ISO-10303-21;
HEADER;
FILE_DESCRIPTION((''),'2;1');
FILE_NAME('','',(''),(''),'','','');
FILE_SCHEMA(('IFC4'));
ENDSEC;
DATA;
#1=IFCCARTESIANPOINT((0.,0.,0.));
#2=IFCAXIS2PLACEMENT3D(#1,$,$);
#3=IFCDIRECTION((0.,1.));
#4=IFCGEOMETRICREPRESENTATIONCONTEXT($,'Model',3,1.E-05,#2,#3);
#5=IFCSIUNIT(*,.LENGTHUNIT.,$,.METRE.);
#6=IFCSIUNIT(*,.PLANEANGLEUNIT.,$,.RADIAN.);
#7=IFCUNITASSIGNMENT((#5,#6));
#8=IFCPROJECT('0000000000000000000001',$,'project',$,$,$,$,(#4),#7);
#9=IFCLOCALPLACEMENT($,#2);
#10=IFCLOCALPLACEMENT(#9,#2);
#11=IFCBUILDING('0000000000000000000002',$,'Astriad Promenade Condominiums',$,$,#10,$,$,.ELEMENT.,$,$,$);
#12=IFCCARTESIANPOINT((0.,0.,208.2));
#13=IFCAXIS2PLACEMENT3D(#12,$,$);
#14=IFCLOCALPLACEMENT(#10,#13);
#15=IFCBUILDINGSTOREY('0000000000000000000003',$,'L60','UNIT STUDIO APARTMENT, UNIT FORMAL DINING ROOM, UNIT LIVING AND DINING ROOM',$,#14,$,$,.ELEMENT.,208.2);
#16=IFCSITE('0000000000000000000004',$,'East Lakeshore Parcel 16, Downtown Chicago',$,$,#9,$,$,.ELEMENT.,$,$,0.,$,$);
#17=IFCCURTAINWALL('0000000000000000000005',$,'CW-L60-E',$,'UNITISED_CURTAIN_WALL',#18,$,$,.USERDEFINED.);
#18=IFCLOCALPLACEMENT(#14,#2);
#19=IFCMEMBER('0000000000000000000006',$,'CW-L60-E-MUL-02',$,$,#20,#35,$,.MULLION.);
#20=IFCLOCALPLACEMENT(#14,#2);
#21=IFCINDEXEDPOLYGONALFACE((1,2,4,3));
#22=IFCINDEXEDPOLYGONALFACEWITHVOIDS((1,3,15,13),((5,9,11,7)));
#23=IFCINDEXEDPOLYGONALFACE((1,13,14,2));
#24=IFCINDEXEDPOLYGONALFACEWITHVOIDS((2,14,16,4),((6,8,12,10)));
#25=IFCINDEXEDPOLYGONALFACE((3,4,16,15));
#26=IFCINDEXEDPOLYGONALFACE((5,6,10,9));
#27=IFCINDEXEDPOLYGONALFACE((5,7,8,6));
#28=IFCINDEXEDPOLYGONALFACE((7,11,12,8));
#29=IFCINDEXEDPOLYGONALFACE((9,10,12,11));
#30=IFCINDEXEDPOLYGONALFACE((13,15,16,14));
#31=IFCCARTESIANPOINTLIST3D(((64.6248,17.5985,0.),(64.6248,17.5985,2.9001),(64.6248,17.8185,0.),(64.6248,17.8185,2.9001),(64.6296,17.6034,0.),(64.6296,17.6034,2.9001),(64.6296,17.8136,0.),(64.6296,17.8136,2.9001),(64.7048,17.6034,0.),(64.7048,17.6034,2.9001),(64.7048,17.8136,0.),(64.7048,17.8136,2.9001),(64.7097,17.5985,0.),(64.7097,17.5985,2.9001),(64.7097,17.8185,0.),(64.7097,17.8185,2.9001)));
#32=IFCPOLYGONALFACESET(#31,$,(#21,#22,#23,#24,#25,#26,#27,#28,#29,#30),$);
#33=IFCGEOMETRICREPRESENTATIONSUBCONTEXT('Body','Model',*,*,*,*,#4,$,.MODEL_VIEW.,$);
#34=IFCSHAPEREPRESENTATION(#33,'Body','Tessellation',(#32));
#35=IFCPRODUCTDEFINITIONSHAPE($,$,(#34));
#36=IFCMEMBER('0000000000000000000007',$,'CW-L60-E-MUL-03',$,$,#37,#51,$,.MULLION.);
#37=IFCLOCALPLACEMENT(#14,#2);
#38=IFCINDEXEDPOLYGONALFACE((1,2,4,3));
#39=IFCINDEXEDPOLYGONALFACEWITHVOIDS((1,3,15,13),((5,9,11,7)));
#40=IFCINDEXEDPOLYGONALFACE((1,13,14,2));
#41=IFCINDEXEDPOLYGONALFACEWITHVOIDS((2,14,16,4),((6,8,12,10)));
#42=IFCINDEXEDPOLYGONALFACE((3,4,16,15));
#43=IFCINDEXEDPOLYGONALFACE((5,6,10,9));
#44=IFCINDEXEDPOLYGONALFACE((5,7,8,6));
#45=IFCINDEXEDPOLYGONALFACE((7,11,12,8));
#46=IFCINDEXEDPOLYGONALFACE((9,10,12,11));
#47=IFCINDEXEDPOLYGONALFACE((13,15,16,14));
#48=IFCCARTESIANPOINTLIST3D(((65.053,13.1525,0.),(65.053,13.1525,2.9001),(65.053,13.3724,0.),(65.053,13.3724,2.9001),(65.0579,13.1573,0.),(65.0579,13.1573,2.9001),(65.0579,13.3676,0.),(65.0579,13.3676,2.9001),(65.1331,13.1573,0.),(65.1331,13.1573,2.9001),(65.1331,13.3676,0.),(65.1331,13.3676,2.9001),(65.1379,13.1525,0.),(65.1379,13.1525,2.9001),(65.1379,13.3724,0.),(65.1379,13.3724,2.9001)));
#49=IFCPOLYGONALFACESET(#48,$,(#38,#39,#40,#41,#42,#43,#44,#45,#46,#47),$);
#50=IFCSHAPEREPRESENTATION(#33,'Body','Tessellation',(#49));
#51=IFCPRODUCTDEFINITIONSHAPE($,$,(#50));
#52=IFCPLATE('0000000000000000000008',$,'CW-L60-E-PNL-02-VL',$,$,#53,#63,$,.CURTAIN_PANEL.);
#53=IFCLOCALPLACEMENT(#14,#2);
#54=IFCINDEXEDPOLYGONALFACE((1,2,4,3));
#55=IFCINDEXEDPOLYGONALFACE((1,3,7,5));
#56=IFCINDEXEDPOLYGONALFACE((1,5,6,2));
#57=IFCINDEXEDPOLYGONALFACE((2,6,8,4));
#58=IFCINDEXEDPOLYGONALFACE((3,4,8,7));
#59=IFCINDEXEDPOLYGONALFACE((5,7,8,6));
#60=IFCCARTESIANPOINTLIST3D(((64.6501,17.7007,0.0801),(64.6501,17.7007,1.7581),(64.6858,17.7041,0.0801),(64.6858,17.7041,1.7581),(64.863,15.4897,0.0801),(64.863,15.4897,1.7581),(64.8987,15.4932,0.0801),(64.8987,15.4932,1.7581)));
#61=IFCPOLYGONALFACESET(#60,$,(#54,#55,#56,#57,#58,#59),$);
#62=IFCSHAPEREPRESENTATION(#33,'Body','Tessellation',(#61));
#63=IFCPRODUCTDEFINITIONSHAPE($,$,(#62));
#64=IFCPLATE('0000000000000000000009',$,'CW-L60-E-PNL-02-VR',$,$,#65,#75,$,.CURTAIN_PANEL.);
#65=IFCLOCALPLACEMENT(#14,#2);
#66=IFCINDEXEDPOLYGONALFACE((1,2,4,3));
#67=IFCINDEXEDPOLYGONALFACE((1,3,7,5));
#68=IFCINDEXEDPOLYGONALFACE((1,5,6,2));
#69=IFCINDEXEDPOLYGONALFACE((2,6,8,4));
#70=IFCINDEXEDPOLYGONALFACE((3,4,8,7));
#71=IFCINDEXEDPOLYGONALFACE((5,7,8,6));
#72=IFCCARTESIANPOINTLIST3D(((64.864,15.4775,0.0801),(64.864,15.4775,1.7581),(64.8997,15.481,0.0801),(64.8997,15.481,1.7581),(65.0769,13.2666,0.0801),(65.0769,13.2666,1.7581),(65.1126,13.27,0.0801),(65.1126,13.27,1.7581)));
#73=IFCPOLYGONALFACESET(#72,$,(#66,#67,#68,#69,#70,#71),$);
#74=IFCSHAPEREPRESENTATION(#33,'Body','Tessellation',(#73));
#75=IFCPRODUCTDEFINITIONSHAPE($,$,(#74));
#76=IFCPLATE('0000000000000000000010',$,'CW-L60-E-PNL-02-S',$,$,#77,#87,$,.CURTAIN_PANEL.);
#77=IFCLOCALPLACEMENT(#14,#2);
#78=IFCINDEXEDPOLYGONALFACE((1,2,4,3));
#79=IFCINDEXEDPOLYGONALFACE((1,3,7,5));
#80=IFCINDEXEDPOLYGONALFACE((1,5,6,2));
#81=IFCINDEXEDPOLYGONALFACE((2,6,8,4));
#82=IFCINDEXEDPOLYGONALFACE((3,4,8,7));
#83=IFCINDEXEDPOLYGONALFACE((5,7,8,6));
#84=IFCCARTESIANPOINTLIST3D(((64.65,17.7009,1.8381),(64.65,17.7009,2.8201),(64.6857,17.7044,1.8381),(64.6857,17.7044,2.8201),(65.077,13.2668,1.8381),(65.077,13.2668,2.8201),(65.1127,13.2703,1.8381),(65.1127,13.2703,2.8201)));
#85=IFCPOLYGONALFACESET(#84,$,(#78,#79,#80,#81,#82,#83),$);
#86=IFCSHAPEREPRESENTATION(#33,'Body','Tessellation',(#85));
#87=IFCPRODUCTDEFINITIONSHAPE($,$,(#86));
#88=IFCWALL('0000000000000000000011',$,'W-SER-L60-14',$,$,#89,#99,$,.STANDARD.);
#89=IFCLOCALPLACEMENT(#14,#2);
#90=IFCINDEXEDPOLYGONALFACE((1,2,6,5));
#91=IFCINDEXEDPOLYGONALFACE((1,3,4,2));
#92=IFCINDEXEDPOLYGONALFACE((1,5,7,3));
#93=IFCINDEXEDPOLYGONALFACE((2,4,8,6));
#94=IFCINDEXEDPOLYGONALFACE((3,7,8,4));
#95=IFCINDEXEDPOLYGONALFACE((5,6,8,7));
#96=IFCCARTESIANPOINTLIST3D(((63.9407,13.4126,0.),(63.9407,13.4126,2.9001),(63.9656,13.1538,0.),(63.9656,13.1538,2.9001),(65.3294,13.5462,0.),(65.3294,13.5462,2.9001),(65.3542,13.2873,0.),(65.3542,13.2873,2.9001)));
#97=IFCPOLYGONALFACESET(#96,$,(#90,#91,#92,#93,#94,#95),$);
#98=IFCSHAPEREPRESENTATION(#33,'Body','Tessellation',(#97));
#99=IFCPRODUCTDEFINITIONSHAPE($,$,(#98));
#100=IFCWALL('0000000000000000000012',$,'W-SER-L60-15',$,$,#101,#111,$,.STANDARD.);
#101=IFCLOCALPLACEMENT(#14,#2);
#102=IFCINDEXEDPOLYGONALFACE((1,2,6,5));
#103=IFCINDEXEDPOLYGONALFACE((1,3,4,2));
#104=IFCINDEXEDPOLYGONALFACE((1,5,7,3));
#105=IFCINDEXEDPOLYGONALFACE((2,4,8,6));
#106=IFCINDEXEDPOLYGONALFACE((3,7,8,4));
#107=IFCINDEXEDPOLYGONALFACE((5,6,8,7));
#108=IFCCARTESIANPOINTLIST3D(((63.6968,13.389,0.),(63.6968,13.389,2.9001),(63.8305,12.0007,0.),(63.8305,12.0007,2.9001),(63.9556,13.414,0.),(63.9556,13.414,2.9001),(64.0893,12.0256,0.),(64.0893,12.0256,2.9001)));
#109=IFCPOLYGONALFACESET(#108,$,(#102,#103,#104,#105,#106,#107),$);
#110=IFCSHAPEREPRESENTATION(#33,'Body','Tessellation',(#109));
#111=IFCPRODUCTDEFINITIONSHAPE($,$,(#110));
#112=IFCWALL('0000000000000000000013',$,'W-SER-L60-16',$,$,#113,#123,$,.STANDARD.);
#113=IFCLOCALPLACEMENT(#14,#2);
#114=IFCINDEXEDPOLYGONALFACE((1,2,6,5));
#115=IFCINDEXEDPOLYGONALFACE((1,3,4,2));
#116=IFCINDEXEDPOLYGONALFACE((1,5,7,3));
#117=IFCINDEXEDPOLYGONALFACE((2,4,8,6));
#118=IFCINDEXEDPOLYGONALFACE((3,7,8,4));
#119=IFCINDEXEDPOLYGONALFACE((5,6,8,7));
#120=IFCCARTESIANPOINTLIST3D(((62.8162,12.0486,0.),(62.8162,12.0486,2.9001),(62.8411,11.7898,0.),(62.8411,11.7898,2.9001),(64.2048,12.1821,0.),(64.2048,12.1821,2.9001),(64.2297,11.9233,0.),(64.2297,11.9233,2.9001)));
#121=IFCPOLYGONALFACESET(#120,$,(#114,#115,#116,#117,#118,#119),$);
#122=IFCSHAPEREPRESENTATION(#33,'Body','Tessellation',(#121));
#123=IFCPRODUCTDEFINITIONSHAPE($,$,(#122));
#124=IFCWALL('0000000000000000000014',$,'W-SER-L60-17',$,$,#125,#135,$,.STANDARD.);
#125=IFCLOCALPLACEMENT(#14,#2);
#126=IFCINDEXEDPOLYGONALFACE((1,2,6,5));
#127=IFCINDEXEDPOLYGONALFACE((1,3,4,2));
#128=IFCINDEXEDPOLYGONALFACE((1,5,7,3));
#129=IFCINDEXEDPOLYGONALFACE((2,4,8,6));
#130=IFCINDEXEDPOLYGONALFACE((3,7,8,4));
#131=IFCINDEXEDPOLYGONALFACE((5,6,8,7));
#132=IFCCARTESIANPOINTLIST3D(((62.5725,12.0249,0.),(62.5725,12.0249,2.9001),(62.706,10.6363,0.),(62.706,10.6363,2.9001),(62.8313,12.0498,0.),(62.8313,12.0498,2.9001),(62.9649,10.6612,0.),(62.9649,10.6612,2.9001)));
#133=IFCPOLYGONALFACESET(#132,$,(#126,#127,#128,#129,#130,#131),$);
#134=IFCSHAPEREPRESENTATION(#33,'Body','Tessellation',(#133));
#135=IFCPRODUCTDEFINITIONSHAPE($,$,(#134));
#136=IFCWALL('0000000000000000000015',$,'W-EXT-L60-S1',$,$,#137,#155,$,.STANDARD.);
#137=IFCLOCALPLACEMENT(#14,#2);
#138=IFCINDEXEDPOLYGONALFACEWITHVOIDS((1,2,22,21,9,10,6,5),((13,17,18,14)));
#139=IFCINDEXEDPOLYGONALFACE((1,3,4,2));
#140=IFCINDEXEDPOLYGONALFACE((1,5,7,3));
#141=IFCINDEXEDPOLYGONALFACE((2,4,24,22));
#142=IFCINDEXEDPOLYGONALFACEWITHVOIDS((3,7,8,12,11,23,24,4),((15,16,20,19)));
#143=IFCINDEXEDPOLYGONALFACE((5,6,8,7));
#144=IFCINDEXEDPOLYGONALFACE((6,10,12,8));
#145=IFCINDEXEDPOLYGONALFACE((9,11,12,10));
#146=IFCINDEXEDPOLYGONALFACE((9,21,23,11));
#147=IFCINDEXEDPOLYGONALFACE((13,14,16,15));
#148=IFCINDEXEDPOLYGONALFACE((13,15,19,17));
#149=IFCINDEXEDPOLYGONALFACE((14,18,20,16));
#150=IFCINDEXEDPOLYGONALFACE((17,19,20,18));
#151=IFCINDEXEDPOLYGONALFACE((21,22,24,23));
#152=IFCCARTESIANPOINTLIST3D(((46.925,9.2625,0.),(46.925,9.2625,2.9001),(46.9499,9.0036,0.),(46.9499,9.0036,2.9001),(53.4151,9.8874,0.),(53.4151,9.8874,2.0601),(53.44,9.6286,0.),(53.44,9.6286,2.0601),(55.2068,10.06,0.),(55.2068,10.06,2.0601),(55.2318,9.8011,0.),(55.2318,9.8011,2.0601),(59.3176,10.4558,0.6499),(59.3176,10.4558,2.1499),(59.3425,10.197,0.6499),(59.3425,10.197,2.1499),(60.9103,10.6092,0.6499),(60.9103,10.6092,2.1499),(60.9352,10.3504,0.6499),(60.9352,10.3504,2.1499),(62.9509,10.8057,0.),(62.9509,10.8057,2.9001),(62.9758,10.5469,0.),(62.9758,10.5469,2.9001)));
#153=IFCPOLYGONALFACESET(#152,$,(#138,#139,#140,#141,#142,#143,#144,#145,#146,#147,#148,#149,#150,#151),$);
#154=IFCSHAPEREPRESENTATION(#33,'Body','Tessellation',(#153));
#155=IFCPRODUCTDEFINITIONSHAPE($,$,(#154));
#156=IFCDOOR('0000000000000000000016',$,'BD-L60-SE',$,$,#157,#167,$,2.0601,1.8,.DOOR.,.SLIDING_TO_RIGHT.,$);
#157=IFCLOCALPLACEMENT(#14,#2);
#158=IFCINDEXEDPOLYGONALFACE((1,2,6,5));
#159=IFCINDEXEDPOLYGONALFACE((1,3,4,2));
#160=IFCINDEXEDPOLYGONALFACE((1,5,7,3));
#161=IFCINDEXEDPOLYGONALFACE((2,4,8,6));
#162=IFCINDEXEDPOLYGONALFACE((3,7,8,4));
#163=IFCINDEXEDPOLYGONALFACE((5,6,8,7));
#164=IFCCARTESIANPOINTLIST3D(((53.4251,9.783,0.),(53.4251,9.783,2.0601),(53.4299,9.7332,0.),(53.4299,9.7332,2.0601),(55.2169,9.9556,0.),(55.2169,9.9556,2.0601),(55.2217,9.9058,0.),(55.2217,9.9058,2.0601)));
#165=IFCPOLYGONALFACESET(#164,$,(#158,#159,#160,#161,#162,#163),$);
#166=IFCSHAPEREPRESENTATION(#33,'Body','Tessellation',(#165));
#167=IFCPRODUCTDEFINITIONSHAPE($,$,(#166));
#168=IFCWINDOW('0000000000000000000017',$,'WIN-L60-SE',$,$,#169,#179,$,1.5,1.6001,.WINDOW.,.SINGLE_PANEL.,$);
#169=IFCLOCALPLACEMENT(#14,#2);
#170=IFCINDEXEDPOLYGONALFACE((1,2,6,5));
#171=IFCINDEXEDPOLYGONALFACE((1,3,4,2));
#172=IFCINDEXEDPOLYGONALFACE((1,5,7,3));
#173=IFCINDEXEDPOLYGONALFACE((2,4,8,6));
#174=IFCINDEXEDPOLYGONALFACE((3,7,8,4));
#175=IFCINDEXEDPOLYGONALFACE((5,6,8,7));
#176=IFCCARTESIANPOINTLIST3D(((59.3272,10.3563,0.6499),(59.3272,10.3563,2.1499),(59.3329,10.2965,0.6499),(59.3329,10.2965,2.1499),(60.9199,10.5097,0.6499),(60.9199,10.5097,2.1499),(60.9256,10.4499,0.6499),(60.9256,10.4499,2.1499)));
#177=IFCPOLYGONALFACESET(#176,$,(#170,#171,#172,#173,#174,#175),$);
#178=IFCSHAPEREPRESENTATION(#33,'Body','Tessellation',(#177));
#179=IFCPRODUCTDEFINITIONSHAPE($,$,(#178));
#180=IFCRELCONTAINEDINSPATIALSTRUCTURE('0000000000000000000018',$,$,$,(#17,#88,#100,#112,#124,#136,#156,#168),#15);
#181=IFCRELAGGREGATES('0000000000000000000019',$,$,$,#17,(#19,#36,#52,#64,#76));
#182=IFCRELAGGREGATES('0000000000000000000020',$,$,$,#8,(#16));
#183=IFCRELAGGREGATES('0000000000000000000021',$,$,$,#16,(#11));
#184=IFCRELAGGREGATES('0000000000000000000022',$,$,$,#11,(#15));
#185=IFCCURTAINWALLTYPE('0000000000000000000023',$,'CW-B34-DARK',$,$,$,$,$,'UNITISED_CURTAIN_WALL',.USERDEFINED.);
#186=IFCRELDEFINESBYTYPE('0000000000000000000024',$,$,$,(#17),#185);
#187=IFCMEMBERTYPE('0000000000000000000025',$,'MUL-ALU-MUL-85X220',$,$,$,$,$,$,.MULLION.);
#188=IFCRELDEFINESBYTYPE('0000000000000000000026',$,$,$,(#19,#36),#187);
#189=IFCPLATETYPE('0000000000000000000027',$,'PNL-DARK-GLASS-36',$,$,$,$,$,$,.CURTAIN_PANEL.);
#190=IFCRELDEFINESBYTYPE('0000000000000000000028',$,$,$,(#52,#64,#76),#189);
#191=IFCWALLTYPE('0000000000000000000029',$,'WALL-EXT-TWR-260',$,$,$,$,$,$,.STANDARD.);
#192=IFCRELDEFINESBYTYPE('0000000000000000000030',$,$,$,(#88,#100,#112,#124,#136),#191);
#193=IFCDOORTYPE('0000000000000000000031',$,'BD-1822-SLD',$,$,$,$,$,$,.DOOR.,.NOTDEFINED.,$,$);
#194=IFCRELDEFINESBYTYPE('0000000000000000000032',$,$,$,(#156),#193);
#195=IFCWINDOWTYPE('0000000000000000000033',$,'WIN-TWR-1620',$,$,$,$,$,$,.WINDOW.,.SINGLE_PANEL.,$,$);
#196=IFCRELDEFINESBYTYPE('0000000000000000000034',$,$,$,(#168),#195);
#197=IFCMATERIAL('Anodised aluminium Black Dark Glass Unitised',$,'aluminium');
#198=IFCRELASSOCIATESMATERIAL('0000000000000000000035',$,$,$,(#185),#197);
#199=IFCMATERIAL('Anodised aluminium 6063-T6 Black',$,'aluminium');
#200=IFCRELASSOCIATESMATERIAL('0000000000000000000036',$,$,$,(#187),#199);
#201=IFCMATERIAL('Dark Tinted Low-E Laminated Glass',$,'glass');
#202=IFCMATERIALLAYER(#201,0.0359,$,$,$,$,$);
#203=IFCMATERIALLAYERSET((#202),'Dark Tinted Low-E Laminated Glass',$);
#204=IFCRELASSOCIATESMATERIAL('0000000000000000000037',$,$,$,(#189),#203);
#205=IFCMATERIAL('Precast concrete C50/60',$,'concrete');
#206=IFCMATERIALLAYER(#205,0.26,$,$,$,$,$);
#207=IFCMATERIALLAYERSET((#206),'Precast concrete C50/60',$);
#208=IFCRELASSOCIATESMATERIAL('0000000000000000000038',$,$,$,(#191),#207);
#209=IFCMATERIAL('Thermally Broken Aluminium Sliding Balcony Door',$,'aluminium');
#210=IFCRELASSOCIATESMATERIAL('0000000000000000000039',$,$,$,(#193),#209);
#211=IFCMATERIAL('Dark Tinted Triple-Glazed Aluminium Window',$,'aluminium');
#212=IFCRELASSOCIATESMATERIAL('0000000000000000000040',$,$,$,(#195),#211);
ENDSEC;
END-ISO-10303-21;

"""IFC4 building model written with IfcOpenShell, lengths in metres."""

from ifc_helpers import new_model, si_unit, direction, frame, frame_2d, origin, origin_2d, place, context, subcontext, project, spatial, rectangle, hollow_rectangle, extrude, source, transform, mapped, material, layer, layer_set, material_profile, profile_set, type_object, type_shapes, element, fill, aggregate, save


model = new_model("IFC4")

# Units and contexts
model_context = context("Model", 3, precision=1e-05, world=origin(), true_north=direction((0.0, 1.0)))
body_context = subcontext(model_context, "Body", "Model", "MODEL_VIEW")
ifc_project = project(units=[si_unit("LENGTHUNIT", "METRE"), si_unit("PLANEANGLEUNIT", "RADIAN")], contexts=[model_context])

# Site, building, storey
site_placement = place(None, origin())
site = spatial("IfcSite", under=ifc_project, at=site_placement, Name="East Lakeshore Parcel 16, Downtown Chicago", CompositionType="ELEMENT", RefElevation=0.0)
building_placement = place(site_placement, origin())
building = spatial("IfcBuilding", under=site, at=building_placement, Name="Astriad Promenade Condominiums", CompositionType="ELEMENT")
storey_placement = place(building_placement, frame((0.0, 0.0, 208.2)))
storey = spatial("IfcBuildingStorey", under=building, at=storey_placement, Name="L60", Description="UNIT STUDIO APARTMENT, UNIT FORMAL DINING ROOM, UNIT LIVING AND DINING ROOM", CompositionType="ELEMENT", Elevation=208.2)

# Curtain wall, members, plates
ifc_material_1 = material(Name="Anodised aluminium Black Dark Glass Unitised", Category="aluminium")
curtain_wall_type = type_object("IfcCurtainWallType", Name="CW-B34-DARK", ElementType="UNITISED_CURTAIN_WALL", PredefinedType="USERDEFINED", material=ifc_material_1)
curtain_wall_placement = place(storey_placement, origin())
curtain_wall = element("IfcCurtainWall", 1, at=curtain_wall_placement, inside=storey, type_object=curtain_wall_type, Name="CW-L60-E", ObjectType="UNITISED_CURTAIN_WALL", PredefinedType="USERDEFINED")
ifc_material_2 = material(Name="Anodised aluminium 6063-T6 Black", Category="aluminium")
ifc_material_profile_1 = material_profile(ifc_material_2, hollow_rectangle(XDim=0.085, YDim=0.22, WallThickness=0.0049, at=origin_2d()), Name="ALU-MUL-85X220")
ifc_profile_set_1 = profile_set([ifc_material_profile_1], Name="Anodised aluminium 6063-T6 Black")
member_type_1 = type_object("IfcMemberType", Name="MUL-ALU-MUL-85X220", PredefinedType="MULLION", material=ifc_profile_set_1)
shared_shape_1 = source(origin(), body_context, "Body", "SweptSolid", [
    extrude(hollow_rectangle(XDim=0.085, YDim=0.22, WallThickness=0.0049, at=origin_2d()), origin(), (0.0, 0.0, 1.0), 2.9001),
])
type_shapes(member_type_1, [shared_shape_1])
member_1_placement = place(storey_placement, frame((64.6672, 17.7085, 0.0), z_axis=(0.0, 0.0, 1.0), x_axis=(1.0, 0.0, 0.0)))
member_1 = element("IfcMember", 2, at=member_1_placement, type_object=member_type_1, Name="CW-L60-E-MUL-02", PredefinedType="MULLION", context=body_context, shape_type="MappedRepresentation", body=[
    mapped(shared_shape_1, transform((0.0, 0.0, 0.0), scale=1.0)),
])
member_2_placement = place(storey_placement, frame((65.0955, 13.2625, 0.0), z_axis=(0.0, 0.0, 1.0), x_axis=(1.0, 0.0, 0.0)))
member_2 = element("IfcMember", 3, at=member_2_placement, type_object=member_type_1, Name="CW-L60-E-MUL-03", PredefinedType="MULLION", context=body_context, shape_type="MappedRepresentation", body=[
    mapped(shared_shape_1, transform((0.0, 0.0, 0.0), scale=1.0)),
])
ifc_material_3 = material(Name="Dark Tinted Low-E Laminated Glass", Category="glass")
ifc_layer_1 = layer(ifc_material_3, 0.0359)
ifc_layer_set_1 = layer_set([ifc_layer_1], Name="Dark Tinted Low-E Laminated Glass")
plate_type = type_object("IfcPlateType", Name="PNL-DARK-GLASS-36", PredefinedType="CURTAIN_PANEL", material=ifc_layer_set_1)
shared_shape_2 = source(origin(), body_context, "Body", "SweptSolid", [
    extrude(rectangle(XDim=2.2212, YDim=0.0359, at=origin_2d()), origin(), (0.0, 0.0, 1.0), 1.678),
])
plate_1_placement = place(storey_placement, frame((64.7744, 16.5969, 0.0801), z_axis=(0.0, 0.0, 1.0), x_axis=(0.095846, -0.995396, 0.0)))
plate_1 = element("IfcPlate", 4, at=plate_1_placement, type_object=plate_type, Name="CW-L60-E-PNL-02-VL", PredefinedType="CURTAIN_PANEL", context=body_context, shape_type="MappedRepresentation", body=[
    mapped(shared_shape_2, transform((0.0, 0.0, 0.0), scale=1.0)),
])
plate_2_placement = place(storey_placement, frame((64.9883, 14.3738, 0.0801), z_axis=(0.0, 0.0, 1.0), x_axis=(0.095846, -0.995396, 0.0)))
plate_2 = element("IfcPlate", 5, at=plate_2_placement, type_object=plate_type, Name="CW-L60-E-PNL-02-VR", PredefinedType="CURTAIN_PANEL", context=body_context, shape_type="MappedRepresentation", body=[
    mapped(shared_shape_2, transform((0.0, 0.0, 0.0), scale=1.0)),
])
shared_shape_3 = source(origin(), body_context, "Body", "SweptSolid", [
    extrude(rectangle(XDim=4.4546, YDim=0.0359, at=origin_2d()), origin(), (0.0, 0.0, 1.0), 0.9819),
])
type_shapes(plate_type, [shared_shape_2, shared_shape_3])
plate_3_placement = place(storey_placement, frame((64.8813, 15.4856, 1.8381), z_axis=(0.0, 0.0, 1.0), x_axis=(0.095846, -0.995396, 0.0)))
plate_3 = element("IfcPlate", 6, at=plate_3_placement, type_object=plate_type, Name="CW-L60-E-PNL-02-S", PredefinedType="CURTAIN_PANEL", context=body_context, shape_type="MappedRepresentation", body=[
    mapped(shared_shape_3, transform((0.0, 0.0, 0.0), scale=1.0)),
])
aggregate(curtain_wall, [member_1, member_2, plate_1, plate_2, plate_3])

# Walls
ifc_material_4 = material(Name="Precast concrete C50/60", Category="concrete")
ifc_layer_2 = layer(ifc_material_4, 0.26)
ifc_layer_set_2 = layer_set([ifc_layer_2], Name="Precast concrete C50/60")
wall_type_1 = type_object("IfcWallType", Name="WALL-EXT-TWR-260", PredefinedType="STANDARD", material=ifc_layer_set_2)
wall_1_placement = place(storey_placement, frame((65.3418, 13.4167, 0.0), z_axis=(0.0, 0.0, 1.0), x_axis=(-0.995408, -0.095726, 0.0)))
element("IfcWall", 7, at=wall_1_placement, inside=storey, type_object=wall_type_1, Name="W-SER-L60-14", PredefinedType="STANDARD", context=body_context, shape_type="SweptSolid", body=[
    extrude(rectangle(XDim=1.395, YDim=0.26, at=frame_2d((0.6975, 0.0))), origin(), (0.0, 0.0, 1.0), 2.9001),
])
wall_2_placement = place(storey_placement, frame((63.8262, 13.4014, 0.0), z_axis=(0.0, 0.0, 1.0), x_axis=(0.095916, -0.995389, 0.0)))
element("IfcWall", 8, at=wall_2_placement, inside=storey, type_object=wall_type_1, Name="W-SER-L60-15", PredefinedType="STANDARD", context=body_context, shape_type="SweptSolid", body=[
    extrude(rectangle(XDim=1.3948, YDim=0.26, at=frame_2d((0.6973, 0.0))), origin(), (0.0, 0.0, 1.0), 2.9001),
])
for number, where, z_axis, x_axis, name in (
    (9, (64.2173, 12.0527, 0.0), (0.0, 0.0, 1.0), (-0.995408, -0.095726, 0.0), "W-SER-L60-16"),
    (10, (62.7019, 12.0374, 0.0), (0.0, 0.0, 1.0), (0.095726, -0.995408, 0.0), "W-SER-L60-17"),
):
    element("IfcWall", number, at=place(storey_placement, frame(where, z_axis=z_axis, x_axis=x_axis)), inside=storey, type_object=wall_type_1, Name=name, PredefinedType="STANDARD", context=body_context, shape_type="SweptSolid", body=[
        extrude(rectangle(XDim=1.395, YDim=0.26, at=frame_2d((0.6975, 0.0))), origin(), (0.0, 0.0, 1.0), 2.9001),
    ])

# Wall, openings, door, window
wall_3_placement = place(storey_placement, frame((62.9634, 10.6763, 0.0), z_axis=(0.0, 0.0, 1.0), x_axis=(-0.995396, -0.095852, 0.0)))
wall_3 = element("IfcWall", 11, at=wall_3_placement, inside=storey, type_object=wall_type_1, Name="W-EXT-L60-S1", PredefinedType="STANDARD", context=body_context, shape_type="SweptSolid", body=[
    extrude(rectangle(XDim=16.1001, YDim=0.26, at=frame_2d((8.05, 0.0))), origin(), (0.0, 0.0, 1.0), 2.9001),
])
opening_1_placement = place(wall_3_placement, frame((7.78, 0.0, 0.0)))
opening_1 = element("IfcOpeningElement", 12, at=opening_1_placement, cuts=wall_3, PredefinedType="OPENING", context=body_context, shape_type="SweptSolid", body=[
    extrude(rectangle(XDim=1.8, YDim=2.0601, at=frame_2d((0.8999, 1.03))), frame((0.0, 0.1399, 0.0), z_axis=(0.0, -1.0, 0.0), x_axis=(1.0, 0.0, 0.0)), (0.0, 0.0, 1.0), 0.28),
])
opening_2_placement = place(wall_3_placement, frame((2.05, 0.0, 0.6499)))
opening_2 = element("IfcOpeningElement", 13, at=opening_2_placement, cuts=wall_3, PredefinedType="OPENING", context=body_context, shape_type="SweptSolid", body=[
    extrude(rectangle(XDim=1.6001, YDim=1.5, at=frame_2d((0.8, 0.75))), frame((0.0, 0.1399, 0.0), z_axis=(0.0, -1.0, 0.0), x_axis=(1.0, 0.0, 0.0)), (0.0, 0.0, 1.0), 0.28),
])
ifc_material_5 = material(Name="Thermally Broken Aluminium Sliding Balcony Door", Category="aluminium")
door_type_1 = type_object("IfcDoorType", Name="BD-1822-SLD", OperationType="NOTDEFINED", PredefinedType="DOOR", material=ifc_material_5)
shared_shape_4 = source(origin(), body_context, "Body", "SweptSolid", [
    extrude(rectangle(XDim=1.8, YDim=2.0601, at=frame_2d((0.8999, 1.03))), frame((0.0, 0.0249, 0.0), z_axis=(0.0, -1.0, 0.0), x_axis=(1.0, 0.0, 0.0)), (0.0, 0.0, 1.0), 0.05),
])
type_shapes(door_type_1, [shared_shape_4])
door_1_placement = place(opening_1_placement, origin())
door_1 = element("IfcDoor", 14, at=door_1_placement, inside=storey, type_object=door_type_1, Name="BD-L60-SE", OperationType="SLIDING_TO_RIGHT", OverallHeight=2.0601, OverallWidth=1.8, PredefinedType="DOOR", context=body_context, shape_type="MappedRepresentation", body=[
    mapped(shared_shape_4, transform((0.0, 0.0, 0.0), scale=1.0)),
])
fill(opening_1, door_1)
ifc_material_6 = material(Name="Dark Tinted Triple-Glazed Aluminium Window", Category="aluminium")
window_type = type_object("IfcWindowType", Name="WIN-TWR-1620", PartitioningType="SINGLE_PANEL", PredefinedType="WINDOW", material=ifc_material_6)
shared_shape_5 = source(origin(), body_context, "Body", "SweptSolid", [
    extrude(rectangle(XDim=1.6001, YDim=1.5, at=frame_2d((0.8, 0.75))), frame((0.0, 0.03, 0.0), z_axis=(0.0, -1.0, 0.0), x_axis=(1.0, 0.0, 0.0)), (0.0, 0.0, 1.0), 0.0601),
])
type_shapes(window_type, [shared_shape_5])
window_placement = place(opening_2_placement, origin())
window = element("IfcWindow", 15, at=window_placement, inside=storey, type_object=window_type, Name="WIN-L60-SE", OverallHeight=1.5, OverallWidth=1.6001, PartitioningType="SINGLE_PANEL", PredefinedType="WINDOW", context=body_context, shape_type="MappedRepresentation", body=[
    mapped(shared_shape_5, transform((0.0, 0.0, 0.0), scale=1.0)),
])
fill(opening_2, window)

save(model, "model.ifc")
